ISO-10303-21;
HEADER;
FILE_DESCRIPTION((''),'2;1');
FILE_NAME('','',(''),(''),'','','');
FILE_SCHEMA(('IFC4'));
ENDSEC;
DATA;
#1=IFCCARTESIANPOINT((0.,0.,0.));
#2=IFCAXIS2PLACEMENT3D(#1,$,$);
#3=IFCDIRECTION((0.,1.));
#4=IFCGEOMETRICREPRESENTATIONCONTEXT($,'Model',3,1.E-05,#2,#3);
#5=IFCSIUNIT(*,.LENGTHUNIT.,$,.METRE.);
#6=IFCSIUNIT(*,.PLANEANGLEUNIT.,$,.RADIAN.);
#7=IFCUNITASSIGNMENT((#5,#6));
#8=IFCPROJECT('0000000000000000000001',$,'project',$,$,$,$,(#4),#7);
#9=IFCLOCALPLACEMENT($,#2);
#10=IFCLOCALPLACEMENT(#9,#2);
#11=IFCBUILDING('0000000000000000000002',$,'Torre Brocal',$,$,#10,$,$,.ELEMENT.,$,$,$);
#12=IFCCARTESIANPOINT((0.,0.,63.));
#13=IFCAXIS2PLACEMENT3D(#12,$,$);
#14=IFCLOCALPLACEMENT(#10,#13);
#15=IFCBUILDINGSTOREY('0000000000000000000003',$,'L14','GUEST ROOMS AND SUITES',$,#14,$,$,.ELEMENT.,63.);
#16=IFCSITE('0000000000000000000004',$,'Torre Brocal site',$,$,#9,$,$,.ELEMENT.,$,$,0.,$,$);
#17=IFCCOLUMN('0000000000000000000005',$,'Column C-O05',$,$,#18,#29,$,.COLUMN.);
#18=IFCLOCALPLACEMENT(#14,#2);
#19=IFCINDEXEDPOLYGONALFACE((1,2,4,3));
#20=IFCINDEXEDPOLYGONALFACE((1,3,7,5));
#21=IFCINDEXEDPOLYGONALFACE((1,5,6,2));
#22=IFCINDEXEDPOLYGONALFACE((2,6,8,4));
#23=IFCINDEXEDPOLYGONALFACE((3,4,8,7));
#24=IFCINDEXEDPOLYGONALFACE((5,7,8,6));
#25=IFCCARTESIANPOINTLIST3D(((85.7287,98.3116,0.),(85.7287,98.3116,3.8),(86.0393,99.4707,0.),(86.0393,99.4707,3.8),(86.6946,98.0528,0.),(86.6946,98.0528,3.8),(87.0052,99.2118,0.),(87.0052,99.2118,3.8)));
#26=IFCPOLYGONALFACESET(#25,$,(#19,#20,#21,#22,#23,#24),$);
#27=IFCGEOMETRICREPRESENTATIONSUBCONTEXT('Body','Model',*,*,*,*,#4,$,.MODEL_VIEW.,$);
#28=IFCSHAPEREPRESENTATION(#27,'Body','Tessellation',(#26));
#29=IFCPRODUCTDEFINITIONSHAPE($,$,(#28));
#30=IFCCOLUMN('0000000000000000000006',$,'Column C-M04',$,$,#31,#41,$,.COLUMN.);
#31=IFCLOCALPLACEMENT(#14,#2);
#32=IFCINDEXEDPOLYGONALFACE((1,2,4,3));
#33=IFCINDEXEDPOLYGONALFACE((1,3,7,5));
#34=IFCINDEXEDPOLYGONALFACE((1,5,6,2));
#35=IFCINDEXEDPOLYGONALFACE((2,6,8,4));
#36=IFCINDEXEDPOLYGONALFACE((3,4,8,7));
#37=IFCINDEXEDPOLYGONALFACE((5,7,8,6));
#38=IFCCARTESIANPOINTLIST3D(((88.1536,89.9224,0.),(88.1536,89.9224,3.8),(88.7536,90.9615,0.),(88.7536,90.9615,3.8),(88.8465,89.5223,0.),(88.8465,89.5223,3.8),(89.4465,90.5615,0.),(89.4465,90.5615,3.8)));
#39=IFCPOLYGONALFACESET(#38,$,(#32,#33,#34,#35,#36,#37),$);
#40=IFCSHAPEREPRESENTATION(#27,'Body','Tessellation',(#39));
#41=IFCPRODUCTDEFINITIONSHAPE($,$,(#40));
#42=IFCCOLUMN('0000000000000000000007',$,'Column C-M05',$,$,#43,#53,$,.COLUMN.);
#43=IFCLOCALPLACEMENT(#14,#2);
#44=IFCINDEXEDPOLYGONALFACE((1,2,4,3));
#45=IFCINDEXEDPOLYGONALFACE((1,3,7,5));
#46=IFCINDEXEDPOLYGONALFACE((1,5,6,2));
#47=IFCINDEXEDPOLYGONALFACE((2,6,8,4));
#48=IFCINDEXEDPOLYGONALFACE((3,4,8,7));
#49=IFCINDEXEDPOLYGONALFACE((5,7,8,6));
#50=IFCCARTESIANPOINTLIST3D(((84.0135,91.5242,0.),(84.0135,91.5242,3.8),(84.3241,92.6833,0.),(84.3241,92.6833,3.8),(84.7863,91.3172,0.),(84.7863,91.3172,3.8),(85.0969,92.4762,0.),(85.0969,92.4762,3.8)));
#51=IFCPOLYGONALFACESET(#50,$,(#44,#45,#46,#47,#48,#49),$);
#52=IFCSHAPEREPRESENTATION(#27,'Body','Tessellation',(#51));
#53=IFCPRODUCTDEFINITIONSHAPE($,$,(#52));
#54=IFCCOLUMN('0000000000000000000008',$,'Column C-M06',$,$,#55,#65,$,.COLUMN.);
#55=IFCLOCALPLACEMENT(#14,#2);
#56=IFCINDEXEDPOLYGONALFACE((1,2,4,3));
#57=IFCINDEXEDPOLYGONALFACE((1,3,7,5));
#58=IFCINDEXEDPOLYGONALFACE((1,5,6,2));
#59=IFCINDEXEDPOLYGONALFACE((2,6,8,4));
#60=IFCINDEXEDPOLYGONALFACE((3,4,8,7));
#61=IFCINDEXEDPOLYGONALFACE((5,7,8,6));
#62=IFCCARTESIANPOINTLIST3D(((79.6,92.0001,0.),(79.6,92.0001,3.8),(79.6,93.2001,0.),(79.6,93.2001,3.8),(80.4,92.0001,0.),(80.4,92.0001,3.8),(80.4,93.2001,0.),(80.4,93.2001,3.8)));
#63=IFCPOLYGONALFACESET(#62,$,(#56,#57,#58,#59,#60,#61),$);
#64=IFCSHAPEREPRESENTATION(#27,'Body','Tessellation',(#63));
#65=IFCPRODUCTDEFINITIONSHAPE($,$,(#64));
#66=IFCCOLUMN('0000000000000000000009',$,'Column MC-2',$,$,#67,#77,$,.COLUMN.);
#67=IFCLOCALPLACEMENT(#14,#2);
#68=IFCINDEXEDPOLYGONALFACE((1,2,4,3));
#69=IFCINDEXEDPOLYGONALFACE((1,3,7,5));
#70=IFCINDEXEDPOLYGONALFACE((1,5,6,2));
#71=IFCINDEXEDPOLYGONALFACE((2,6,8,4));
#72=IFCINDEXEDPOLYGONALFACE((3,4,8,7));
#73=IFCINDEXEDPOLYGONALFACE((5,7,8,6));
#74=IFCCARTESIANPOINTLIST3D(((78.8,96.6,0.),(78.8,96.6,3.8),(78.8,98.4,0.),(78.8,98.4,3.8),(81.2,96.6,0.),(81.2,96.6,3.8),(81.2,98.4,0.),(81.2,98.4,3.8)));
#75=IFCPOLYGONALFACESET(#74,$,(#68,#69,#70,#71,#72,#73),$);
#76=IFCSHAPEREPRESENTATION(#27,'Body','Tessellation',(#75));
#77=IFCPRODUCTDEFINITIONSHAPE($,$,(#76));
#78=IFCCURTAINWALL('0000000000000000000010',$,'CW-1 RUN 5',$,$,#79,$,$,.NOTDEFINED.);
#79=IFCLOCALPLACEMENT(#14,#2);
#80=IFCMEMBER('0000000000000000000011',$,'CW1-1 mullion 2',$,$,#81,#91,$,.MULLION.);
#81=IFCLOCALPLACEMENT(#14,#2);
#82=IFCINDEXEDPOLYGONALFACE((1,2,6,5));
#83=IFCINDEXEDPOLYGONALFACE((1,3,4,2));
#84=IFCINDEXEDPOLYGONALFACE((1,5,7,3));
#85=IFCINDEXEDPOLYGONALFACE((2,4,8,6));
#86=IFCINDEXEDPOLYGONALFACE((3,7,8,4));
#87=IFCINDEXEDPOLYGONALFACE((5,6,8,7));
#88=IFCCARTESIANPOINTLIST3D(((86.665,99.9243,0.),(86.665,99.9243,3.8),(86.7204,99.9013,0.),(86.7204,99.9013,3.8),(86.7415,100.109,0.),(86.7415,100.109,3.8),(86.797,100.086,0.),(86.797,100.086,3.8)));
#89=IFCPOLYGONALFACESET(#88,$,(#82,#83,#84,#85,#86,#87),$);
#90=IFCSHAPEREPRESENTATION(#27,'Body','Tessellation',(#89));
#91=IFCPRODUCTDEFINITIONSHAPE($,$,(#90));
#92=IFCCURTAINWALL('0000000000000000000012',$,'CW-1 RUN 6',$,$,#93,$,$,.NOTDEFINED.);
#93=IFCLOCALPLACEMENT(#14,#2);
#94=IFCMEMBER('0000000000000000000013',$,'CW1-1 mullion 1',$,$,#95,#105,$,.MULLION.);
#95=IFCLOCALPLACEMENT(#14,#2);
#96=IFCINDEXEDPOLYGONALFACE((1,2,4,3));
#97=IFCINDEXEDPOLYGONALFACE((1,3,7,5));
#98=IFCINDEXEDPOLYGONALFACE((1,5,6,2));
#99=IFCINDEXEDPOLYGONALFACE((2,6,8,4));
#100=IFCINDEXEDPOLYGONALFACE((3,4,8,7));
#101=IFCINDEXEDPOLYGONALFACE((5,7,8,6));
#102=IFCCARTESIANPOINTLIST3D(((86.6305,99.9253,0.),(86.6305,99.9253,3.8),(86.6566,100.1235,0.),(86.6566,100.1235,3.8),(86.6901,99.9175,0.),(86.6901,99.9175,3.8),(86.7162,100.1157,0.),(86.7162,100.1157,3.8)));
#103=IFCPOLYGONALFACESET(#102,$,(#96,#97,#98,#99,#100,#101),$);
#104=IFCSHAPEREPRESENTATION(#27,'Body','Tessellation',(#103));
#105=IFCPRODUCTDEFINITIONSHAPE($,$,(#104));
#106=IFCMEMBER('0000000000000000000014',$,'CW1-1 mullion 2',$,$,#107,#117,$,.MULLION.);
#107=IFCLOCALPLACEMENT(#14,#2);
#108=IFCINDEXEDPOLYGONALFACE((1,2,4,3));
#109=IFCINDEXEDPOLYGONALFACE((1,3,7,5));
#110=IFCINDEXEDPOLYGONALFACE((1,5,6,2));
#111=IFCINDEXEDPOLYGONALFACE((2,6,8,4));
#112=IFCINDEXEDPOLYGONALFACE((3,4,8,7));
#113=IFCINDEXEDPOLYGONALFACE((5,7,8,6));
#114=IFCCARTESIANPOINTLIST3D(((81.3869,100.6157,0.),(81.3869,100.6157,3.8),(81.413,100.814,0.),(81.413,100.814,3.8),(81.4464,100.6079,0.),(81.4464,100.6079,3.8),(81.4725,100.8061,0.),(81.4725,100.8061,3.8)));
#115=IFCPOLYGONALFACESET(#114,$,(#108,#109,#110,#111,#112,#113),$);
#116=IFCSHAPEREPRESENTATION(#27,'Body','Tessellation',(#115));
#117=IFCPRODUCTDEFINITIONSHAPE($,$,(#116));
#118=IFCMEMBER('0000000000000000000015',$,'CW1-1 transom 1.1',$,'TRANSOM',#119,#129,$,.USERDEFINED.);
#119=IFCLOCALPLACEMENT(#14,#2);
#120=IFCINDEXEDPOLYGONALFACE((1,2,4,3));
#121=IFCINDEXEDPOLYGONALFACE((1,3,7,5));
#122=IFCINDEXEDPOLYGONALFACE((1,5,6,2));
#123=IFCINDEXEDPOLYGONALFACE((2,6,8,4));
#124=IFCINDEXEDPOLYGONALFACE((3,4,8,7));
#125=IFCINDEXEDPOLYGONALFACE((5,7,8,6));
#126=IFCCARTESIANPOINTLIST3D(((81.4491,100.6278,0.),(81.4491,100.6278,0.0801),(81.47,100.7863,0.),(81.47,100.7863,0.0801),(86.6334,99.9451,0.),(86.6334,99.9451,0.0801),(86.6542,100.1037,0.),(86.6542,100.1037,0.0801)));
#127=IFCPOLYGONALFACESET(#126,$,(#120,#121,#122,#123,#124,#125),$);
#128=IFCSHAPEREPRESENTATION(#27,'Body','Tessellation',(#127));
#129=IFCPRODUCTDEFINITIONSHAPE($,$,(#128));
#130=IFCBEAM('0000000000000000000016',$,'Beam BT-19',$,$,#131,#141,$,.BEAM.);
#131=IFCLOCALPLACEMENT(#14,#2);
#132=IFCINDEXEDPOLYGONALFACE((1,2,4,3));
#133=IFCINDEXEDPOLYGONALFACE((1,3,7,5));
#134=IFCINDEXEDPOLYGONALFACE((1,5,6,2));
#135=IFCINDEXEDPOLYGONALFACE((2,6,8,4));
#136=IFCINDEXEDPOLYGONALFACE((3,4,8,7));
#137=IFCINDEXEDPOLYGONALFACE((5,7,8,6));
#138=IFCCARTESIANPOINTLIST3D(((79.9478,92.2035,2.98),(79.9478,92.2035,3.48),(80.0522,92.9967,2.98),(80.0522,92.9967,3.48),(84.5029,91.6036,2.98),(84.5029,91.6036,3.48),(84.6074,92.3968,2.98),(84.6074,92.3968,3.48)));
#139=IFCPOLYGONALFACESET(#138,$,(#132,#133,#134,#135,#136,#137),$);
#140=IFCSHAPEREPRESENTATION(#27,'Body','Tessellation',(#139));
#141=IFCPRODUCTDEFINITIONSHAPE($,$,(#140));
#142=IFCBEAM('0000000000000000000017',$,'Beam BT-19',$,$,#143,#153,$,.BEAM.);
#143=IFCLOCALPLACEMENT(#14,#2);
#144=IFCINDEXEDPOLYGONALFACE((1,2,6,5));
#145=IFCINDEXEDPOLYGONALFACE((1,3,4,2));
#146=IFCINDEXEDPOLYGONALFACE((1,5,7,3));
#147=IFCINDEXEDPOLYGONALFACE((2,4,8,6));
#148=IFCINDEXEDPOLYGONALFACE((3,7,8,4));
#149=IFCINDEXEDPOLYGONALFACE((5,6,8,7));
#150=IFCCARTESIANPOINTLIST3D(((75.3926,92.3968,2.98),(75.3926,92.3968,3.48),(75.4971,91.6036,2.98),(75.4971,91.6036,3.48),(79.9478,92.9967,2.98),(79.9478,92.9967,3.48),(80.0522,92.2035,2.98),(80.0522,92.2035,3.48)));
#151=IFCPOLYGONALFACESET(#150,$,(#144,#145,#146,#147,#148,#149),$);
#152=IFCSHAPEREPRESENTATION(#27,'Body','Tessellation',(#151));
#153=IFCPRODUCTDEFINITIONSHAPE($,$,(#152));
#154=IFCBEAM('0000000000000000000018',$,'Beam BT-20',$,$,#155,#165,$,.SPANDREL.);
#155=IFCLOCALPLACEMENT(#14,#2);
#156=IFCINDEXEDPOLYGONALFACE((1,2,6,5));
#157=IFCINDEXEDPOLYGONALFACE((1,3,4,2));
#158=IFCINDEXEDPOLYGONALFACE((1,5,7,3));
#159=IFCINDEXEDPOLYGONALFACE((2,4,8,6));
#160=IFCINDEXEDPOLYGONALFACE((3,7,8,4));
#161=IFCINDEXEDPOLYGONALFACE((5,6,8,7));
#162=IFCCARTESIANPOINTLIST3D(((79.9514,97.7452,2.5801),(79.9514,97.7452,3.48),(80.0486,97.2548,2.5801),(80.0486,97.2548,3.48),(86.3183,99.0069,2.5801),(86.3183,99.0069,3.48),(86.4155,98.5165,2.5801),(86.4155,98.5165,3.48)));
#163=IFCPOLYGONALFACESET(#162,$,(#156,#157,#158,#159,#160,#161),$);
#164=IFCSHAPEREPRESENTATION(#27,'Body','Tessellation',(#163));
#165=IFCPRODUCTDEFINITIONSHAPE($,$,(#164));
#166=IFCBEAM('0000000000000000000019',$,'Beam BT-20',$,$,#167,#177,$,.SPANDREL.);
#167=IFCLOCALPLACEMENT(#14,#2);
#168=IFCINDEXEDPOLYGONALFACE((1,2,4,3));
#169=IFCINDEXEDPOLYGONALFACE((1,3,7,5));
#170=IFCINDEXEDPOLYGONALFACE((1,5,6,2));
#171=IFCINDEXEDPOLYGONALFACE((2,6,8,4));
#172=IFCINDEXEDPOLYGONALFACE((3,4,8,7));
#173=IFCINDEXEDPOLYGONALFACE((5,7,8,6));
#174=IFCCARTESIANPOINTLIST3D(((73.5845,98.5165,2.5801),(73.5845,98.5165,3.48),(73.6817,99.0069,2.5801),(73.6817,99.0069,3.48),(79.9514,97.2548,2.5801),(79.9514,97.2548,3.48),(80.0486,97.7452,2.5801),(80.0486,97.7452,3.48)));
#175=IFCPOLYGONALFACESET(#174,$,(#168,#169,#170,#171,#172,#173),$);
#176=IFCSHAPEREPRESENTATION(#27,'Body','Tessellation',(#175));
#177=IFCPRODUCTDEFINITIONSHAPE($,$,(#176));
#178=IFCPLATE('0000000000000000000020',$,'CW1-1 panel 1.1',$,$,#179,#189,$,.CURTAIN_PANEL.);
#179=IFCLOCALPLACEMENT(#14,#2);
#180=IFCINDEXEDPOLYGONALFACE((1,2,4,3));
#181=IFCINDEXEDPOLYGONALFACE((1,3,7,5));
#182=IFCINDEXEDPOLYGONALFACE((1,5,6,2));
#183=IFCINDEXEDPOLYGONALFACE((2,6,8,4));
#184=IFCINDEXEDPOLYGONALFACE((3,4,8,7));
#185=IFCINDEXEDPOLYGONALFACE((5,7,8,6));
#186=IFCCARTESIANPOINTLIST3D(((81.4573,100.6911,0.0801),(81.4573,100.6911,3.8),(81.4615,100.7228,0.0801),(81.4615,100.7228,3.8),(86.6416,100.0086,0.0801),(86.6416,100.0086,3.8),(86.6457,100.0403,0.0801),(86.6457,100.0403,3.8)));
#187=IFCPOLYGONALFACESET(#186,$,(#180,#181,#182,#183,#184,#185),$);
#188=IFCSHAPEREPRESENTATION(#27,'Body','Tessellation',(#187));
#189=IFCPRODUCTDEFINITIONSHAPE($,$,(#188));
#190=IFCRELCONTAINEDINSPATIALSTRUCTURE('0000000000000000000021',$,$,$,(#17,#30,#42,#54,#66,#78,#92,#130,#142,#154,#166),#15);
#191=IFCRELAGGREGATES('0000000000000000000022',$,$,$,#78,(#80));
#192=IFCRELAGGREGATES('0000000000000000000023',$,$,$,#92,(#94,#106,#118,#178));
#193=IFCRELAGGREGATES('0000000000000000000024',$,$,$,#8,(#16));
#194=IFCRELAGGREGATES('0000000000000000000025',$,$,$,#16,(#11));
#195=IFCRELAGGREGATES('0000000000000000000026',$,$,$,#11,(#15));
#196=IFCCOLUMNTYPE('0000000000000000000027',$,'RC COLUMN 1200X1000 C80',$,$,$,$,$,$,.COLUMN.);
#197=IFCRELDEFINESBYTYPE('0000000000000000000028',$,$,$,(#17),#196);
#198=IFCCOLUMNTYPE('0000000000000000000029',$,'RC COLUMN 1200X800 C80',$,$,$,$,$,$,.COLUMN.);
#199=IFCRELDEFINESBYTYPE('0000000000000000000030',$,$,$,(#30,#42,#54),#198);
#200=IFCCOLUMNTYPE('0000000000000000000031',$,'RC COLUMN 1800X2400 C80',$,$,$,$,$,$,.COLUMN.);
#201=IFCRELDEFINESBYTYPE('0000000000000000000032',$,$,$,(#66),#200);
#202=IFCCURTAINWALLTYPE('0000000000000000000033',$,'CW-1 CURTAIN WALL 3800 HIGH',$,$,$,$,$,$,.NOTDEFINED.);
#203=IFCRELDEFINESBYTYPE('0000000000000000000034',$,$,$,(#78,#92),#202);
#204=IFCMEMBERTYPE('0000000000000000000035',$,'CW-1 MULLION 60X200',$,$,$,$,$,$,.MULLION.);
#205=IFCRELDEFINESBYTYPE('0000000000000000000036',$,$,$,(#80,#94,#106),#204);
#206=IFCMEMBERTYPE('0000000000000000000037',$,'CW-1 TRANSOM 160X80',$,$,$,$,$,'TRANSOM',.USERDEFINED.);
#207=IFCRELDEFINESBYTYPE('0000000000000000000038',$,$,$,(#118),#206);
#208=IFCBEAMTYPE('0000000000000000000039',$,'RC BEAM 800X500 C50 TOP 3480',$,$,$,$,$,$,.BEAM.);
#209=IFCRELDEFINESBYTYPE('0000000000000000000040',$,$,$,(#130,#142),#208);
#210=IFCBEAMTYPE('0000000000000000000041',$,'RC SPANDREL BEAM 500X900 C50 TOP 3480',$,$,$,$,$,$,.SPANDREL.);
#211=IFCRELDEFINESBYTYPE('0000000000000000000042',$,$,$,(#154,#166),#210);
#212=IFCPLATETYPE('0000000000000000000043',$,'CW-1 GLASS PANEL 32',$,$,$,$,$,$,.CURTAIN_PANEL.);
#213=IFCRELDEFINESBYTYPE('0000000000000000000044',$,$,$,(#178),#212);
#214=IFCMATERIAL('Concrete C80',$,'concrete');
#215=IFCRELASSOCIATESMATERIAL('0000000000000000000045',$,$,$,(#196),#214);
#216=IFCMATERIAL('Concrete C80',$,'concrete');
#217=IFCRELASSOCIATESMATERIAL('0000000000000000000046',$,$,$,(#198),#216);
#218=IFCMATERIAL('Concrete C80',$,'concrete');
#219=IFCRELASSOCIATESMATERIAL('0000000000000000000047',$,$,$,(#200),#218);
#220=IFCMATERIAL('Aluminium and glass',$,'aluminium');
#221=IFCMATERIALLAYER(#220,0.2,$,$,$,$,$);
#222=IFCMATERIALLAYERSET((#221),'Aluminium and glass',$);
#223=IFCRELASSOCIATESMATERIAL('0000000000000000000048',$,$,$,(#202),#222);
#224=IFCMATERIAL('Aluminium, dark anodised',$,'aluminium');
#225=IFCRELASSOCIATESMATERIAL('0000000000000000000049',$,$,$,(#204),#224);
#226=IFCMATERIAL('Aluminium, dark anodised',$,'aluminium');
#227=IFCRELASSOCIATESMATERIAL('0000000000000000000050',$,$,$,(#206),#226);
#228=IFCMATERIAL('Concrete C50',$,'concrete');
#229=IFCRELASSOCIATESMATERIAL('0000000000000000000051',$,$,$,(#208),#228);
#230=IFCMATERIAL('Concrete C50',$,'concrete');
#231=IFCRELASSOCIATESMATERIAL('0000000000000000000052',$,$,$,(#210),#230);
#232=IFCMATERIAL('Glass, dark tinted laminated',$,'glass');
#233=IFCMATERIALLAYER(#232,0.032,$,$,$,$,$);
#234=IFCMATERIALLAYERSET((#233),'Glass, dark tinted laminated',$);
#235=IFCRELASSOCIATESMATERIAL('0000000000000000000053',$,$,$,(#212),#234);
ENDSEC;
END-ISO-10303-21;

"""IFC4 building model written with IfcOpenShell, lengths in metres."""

from ifc_helpers import new_model, si_unit, direction, frame, origin, origin_2d, place, context, subcontext, project, spatial, rectangle, extrude, material, layer, layer_set, material_profile, profile_set, type_object, element, aggregate, save


model = new_model("IFC4")

# Units and contexts
model_context = context("Model", 3, precision=1e-05, world=origin(), true_north=direction((0.0, 1.0)))
body_context = subcontext(model_context, "Body", "Model", "MODEL_VIEW")
ifc_project = project(units=[si_unit("LENGTHUNIT", "METRE"), si_unit("PLANEANGLEUNIT", "RADIAN")], contexts=[model_context])

# Site, building, storey
site_placement = place(None, origin())
site = spatial("IfcSite", under=ifc_project, at=site_placement, Name="Torre Brocal site", CompositionType="ELEMENT", RefElevation=0.0)
building_placement = place(site_placement, origin())
building = spatial("IfcBuilding", under=site, at=building_placement, Name="Torre Brocal", CompositionType="ELEMENT")
storey_placement = place(building_placement, frame((0.0, 0.0, 63.0)))
storey = spatial("IfcBuildingStorey", under=building, at=storey_placement, Name="L14", Description="GUEST ROOMS AND SUITES", CompositionType="ELEMENT", Elevation=63.0)

# Columns
ifc_material_1 = material(Name="Concrete C80", Category="concrete")
ifc_material_profile_1 = material_profile(ifc_material_1, rectangle(XDim=1.2, YDim=1.0, at=origin_2d()), Name="RC 1200X1000")
ifc_profile_set_1 = profile_set([ifc_material_profile_1], Name="Concrete C80")
column_type_1 = type_object("IfcColumnType", Name="RC COLUMN 1200X1000 C80", PredefinedType="COLUMN", material=ifc_profile_set_1)
column_1_placement = place(storey_placement, frame((86.3669, 98.7617, 0.0), z_axis=(0.0, 0.0, 1.0), x_axis=(0.258819, 0.965926, 0.0)))
element("IfcColumn", 1, at=column_1_placement, inside=storey, type_object=column_type_1, Name="Column C-O05", PredefinedType="COLUMN", context=body_context, shape_type="SweptSolid", body=[
    extrude(rectangle(XDim=1.2, YDim=1.0, at=origin_2d()), origin(), (0.0, 0.0, 1.0), 3.8),
])
ifc_material_2 = material(Name="Concrete C80", Category="concrete")
ifc_material_profile_2 = material_profile(ifc_material_2, rectangle(XDim=1.2, YDim=0.8, at=origin_2d()), Name="RC 1200X800")
ifc_profile_set_2 = profile_set([ifc_material_profile_2], Name="Concrete C80")
column_type_2 = type_object("IfcColumnType", Name="RC COLUMN 1200X800 C80", PredefinedType="COLUMN", material=ifc_profile_set_2)
for number, where, z_axis, x_axis, name in (
    (2, (88.8, 90.2419, 0.0), (0.0, 0.0, 1.0), (0.5, 0.866025, 0.0), "Column C-M04"),
    (3, (84.5552, 92.0002, 0.0), (0.0, 0.0, 1.0), (0.258819, 0.965926, 0.0), "Column C-M05"),
    (4, (80.0, 92.6001, 0.0), (0.0, 0.0, 1.0), (0.0, 1.0, 0.0), "Column C-M06"),
):
    element("IfcColumn", number, at=place(storey_placement, frame(where, z_axis=z_axis, x_axis=x_axis)), inside=storey, type_object=column_type_2, Name=name, PredefinedType="COLUMN", context=body_context, shape_type="SweptSolid", body=[
        extrude(rectangle(XDim=1.2, YDim=0.8, at=origin_2d()), origin(), (0.0, 0.0, 1.0), 3.8),
    ])
ifc_material_3 = material(Name="Concrete C80", Category="concrete")
ifc_material_profile_3 = material_profile(ifc_material_3, rectangle(XDim=1.8, YDim=2.3999, at=origin_2d()), Name="RC 1800X2400")
ifc_profile_set_3 = profile_set([ifc_material_profile_3], Name="Concrete C80")
column_type_3 = type_object("IfcColumnType", Name="RC COLUMN 1800X2400 C80", PredefinedType="COLUMN", material=ifc_profile_set_3)
column_2_placement = place(storey_placement, frame((80.0, 97.5, 0.0), z_axis=(0.0, 0.0, 1.0), x_axis=(0.0, 1.0, 0.0)))
element("IfcColumn", 5, at=column_2_placement, inside=storey, type_object=column_type_3, Name="Column MC-2", PredefinedType="COLUMN", context=body_context, shape_type="SweptSolid", body=[
    extrude(rectangle(XDim=1.8, YDim=2.3999, at=origin_2d()), origin(), (0.0, 0.0, 1.0), 3.8),
])

# Curtain wall, member
ifc_material_4 = material(Name="Aluminium and glass", Category="aluminium")
ifc_layer_1 = layer(ifc_material_4, 0.2)
ifc_layer_set_1 = layer_set([ifc_layer_1], Name="Aluminium and glass")
curtain_wall_type = type_object("IfcCurtainWallType", Name="CW-1 CURTAIN WALL 3800 HIGH", PredefinedType="NOTDEFINED", material=ifc_layer_set_1)
curtain_wall_1_placement = place(storey_placement, origin())
curtain_wall_1 = element("IfcCurtainWall", 6, at=curtain_wall_1_placement, inside=storey, type_object=curtain_wall_type, Name="CW-1 RUN 5", PredefinedType="NOTDEFINED")
ifc_material_5 = material(Name="Aluminium, dark anodised", Category="aluminium")
ifc_material_profile_4 = material_profile(ifc_material_5, rectangle(XDim=0.2, YDim=0.0601, at=origin_2d()), Name="CW-1 MULLION 60X200")
ifc_profile_set_4 = profile_set([ifc_material_profile_4], Name="Aluminium, dark anodised")
member_type_1 = type_object("IfcMemberType", Name="CW-1 MULLION 60X200", PredefinedType="MULLION", material=ifc_profile_set_4)
member_1_placement = place(storey_placement, frame((86.731, 100.0051, 0.0), z_axis=(0.0, 0.0, 1.0), x_axis=(-0.382683, -0.92388, 0.0)))
member_1 = element("IfcMember", 7, at=member_1_placement, type_object=member_type_1, Name="CW1-1 mullion 2", PredefinedType="MULLION", context=body_context, shape_type="SweptSolid", body=[
    extrude(rectangle(XDim=0.2, YDim=0.0601, at=origin_2d()), origin(), (0.0, 0.0, 1.0), 3.8),
])
aggregate(curtain_wall_1, [member_1])

# Curtain wall, members
curtain_wall_2_placement = place(storey_placement, origin())
curtain_wall_2 = element("IfcCurtainWall", 8, at=curtain_wall_2_placement, inside=storey, type_object=curtain_wall_type, Name="CW-1 RUN 6", PredefinedType="NOTDEFINED")
member_2_placement = place(storey_placement, frame((86.6733, 100.0205, 0.0), z_axis=(0.0, 0.0, 1.0), x_axis=(-0.130526, -0.991445, 0.0)))
member_2 = element("IfcMember", 9, at=member_2_placement, type_object=member_type_1, Name="CW1-1 mullion 1", PredefinedType="MULLION", context=body_context, shape_type="SweptSolid", body=[
    extrude(rectangle(XDim=0.2, YDim=0.0601, at=origin_2d()), origin(), (0.0, 0.0, 1.0), 3.8),
])
member_3_placement = place(storey_placement, frame((81.4297, 100.7109, 0.0), z_axis=(0.0, 0.0, 1.0), x_axis=(-0.130526, -0.991445, 0.0)))
member_3 = element("IfcMember", 10, at=member_3_placement, type_object=member_type_1, Name="CW1-1 mullion 2", PredefinedType="MULLION", context=body_context, shape_type="SweptSolid", body=[
    extrude(rectangle(XDim=0.2, YDim=0.0601, at=origin_2d()), origin(), (0.0, 0.0, 1.0), 3.8),
])
ifc_material_6 = material(Name="Aluminium, dark anodised", Category="aluminium")
ifc_material_profile_5 = material_profile(ifc_material_6, rectangle(XDim=0.1599, YDim=0.0801, at=origin_2d()), Name="CW-1 TRANSOM 160X80")
ifc_profile_set_5 = profile_set([ifc_material_profile_5], Name="Aluminium, dark anodised")
member_type_2 = type_object("IfcMemberType", Name="CW-1 TRANSOM 160X80", ElementType="TRANSOM", PredefinedType="USERDEFINED", material=ifc_profile_set_5)
member_4_placement = place(storey_placement, frame((86.6438, 100.0244, 0.04), z_axis=(-0.991443, 0.130543, 0.0), x_axis=(-0.130543, -0.991443, 0.0)))
member_4 = element("IfcMember", 11, at=member_4_placement, type_object=member_type_2, Name="CW1-1 transom 1.1", ObjectType="TRANSOM", PredefinedType="USERDEFINED", context=body_context, shape_type="SweptSolid", body=[
    extrude(rectangle(XDim=0.1599, YDim=0.0801, at=origin_2d()), origin(), (0.0, 0.0, 1.0), 5.229),
])

# Beams
ifc_material_7 = material(Name="Concrete C50", Category="concrete")
ifc_material_profile_6 = material_profile(ifc_material_7, rectangle(XDim=0.8, YDim=0.5, at=origin_2d()), Name="RC 800X500")
ifc_profile_set_6 = profile_set([ifc_material_profile_6], Name="Concrete C50")
beam_type_1 = type_object("IfcBeamType", Name="RC BEAM 800X500 C50 TOP 3480", PredefinedType="BEAM", material=ifc_profile_set_6)
for number, where, z_axis, x_axis, name in (
    (12, (84.5552, 92.0002, 3.23), (-0.991441, 0.130559, 0.0), (-0.130559, -0.991441, 0.0), "Beam BT-19"),
    (13, (80.0, 92.6001, 3.23), (-0.991441, -0.130559, 0.0), (0.130559, -0.991441, 0.0), "Beam BT-19"),
):
    element("IfcBeam", number, at=place(storey_placement, frame(where, z_axis=z_axis, x_axis=x_axis)), inside=storey, type_object=beam_type_1, Name=name, PredefinedType="BEAM", context=body_context, shape_type="SweptSolid", body=[
        extrude(rectangle(XDim=0.8, YDim=0.5, at=origin_2d()), origin(), (0.0, 0.0, 1.0), 4.5945),
    ])
ifc_material_8 = material(Name="Concrete C50", Category="concrete")
ifc_material_profile_7 = material_profile(ifc_material_8, rectangle(XDim=0.5, YDim=0.8999, at=origin_2d()), Name="RC 500X900")
ifc_profile_set_7 = profile_set([ifc_material_profile_7], Name="Concrete C50")
beam_type_2 = type_object("IfcBeamType", Name="RC SPANDREL BEAM 500X900 C50 TOP 3480", PredefinedType="SPANDREL", material=ifc_profile_set_7)
for number, where, z_axis, x_axis, name in (
    (14, (86.3669, 98.7617, 3.03), (-0.980925, -0.194387, 0.0), (0.194387, -0.980925, 0.0), "Beam BT-20"),
    (15, (80.0, 97.5, 3.03), (-0.980925, 0.194387, 0.0), (-0.194387, -0.980925, 0.0), "Beam BT-20"),
):
    element("IfcBeam", number, at=place(storey_placement, frame(where, z_axis=z_axis, x_axis=x_axis)), inside=storey, type_object=beam_type_2, Name=name, PredefinedType="SPANDREL", context=body_context, shape_type="SweptSolid", body=[
        extrude(rectangle(XDim=0.5, YDim=0.8999, at=origin_2d()), origin(), (0.0, 0.0, 1.0), 6.4907),
    ])

# Plate
ifc_material_9 = material(Name="Glass, dark tinted laminated", Category="glass")
ifc_layer_2 = layer(ifc_material_9, 0.032)
ifc_layer_set_2 = layer_set([ifc_layer_2], Name="Glass, dark tinted laminated")
plate_type = type_object("IfcPlateType", Name="CW-1 GLASS PANEL 32", PredefinedType="CURTAIN_PANEL", material=ifc_layer_set_2)
plate_placement = place(storey_placement, frame((84.0515, 100.3657, 0.0801), z_axis=(0.0, 0.0, 1.0), x_axis=(-0.991445, 0.130526, 0.0)))
plate = element("IfcPlate", 16, at=plate_placement, type_object=plate_type, Name="CW1-1 panel 1.1", PredefinedType="CURTAIN_PANEL", context=body_context, shape_type="SweptSolid", body=[
    extrude(rectangle(XDim=5.229, YDim=0.032, at=origin_2d()), origin(), (0.0, 0.0, 1.0), 3.72),
])
aggregate(curtain_wall_2, [member_2, member_3, member_4, plate])

save(model, "model.ifc")
